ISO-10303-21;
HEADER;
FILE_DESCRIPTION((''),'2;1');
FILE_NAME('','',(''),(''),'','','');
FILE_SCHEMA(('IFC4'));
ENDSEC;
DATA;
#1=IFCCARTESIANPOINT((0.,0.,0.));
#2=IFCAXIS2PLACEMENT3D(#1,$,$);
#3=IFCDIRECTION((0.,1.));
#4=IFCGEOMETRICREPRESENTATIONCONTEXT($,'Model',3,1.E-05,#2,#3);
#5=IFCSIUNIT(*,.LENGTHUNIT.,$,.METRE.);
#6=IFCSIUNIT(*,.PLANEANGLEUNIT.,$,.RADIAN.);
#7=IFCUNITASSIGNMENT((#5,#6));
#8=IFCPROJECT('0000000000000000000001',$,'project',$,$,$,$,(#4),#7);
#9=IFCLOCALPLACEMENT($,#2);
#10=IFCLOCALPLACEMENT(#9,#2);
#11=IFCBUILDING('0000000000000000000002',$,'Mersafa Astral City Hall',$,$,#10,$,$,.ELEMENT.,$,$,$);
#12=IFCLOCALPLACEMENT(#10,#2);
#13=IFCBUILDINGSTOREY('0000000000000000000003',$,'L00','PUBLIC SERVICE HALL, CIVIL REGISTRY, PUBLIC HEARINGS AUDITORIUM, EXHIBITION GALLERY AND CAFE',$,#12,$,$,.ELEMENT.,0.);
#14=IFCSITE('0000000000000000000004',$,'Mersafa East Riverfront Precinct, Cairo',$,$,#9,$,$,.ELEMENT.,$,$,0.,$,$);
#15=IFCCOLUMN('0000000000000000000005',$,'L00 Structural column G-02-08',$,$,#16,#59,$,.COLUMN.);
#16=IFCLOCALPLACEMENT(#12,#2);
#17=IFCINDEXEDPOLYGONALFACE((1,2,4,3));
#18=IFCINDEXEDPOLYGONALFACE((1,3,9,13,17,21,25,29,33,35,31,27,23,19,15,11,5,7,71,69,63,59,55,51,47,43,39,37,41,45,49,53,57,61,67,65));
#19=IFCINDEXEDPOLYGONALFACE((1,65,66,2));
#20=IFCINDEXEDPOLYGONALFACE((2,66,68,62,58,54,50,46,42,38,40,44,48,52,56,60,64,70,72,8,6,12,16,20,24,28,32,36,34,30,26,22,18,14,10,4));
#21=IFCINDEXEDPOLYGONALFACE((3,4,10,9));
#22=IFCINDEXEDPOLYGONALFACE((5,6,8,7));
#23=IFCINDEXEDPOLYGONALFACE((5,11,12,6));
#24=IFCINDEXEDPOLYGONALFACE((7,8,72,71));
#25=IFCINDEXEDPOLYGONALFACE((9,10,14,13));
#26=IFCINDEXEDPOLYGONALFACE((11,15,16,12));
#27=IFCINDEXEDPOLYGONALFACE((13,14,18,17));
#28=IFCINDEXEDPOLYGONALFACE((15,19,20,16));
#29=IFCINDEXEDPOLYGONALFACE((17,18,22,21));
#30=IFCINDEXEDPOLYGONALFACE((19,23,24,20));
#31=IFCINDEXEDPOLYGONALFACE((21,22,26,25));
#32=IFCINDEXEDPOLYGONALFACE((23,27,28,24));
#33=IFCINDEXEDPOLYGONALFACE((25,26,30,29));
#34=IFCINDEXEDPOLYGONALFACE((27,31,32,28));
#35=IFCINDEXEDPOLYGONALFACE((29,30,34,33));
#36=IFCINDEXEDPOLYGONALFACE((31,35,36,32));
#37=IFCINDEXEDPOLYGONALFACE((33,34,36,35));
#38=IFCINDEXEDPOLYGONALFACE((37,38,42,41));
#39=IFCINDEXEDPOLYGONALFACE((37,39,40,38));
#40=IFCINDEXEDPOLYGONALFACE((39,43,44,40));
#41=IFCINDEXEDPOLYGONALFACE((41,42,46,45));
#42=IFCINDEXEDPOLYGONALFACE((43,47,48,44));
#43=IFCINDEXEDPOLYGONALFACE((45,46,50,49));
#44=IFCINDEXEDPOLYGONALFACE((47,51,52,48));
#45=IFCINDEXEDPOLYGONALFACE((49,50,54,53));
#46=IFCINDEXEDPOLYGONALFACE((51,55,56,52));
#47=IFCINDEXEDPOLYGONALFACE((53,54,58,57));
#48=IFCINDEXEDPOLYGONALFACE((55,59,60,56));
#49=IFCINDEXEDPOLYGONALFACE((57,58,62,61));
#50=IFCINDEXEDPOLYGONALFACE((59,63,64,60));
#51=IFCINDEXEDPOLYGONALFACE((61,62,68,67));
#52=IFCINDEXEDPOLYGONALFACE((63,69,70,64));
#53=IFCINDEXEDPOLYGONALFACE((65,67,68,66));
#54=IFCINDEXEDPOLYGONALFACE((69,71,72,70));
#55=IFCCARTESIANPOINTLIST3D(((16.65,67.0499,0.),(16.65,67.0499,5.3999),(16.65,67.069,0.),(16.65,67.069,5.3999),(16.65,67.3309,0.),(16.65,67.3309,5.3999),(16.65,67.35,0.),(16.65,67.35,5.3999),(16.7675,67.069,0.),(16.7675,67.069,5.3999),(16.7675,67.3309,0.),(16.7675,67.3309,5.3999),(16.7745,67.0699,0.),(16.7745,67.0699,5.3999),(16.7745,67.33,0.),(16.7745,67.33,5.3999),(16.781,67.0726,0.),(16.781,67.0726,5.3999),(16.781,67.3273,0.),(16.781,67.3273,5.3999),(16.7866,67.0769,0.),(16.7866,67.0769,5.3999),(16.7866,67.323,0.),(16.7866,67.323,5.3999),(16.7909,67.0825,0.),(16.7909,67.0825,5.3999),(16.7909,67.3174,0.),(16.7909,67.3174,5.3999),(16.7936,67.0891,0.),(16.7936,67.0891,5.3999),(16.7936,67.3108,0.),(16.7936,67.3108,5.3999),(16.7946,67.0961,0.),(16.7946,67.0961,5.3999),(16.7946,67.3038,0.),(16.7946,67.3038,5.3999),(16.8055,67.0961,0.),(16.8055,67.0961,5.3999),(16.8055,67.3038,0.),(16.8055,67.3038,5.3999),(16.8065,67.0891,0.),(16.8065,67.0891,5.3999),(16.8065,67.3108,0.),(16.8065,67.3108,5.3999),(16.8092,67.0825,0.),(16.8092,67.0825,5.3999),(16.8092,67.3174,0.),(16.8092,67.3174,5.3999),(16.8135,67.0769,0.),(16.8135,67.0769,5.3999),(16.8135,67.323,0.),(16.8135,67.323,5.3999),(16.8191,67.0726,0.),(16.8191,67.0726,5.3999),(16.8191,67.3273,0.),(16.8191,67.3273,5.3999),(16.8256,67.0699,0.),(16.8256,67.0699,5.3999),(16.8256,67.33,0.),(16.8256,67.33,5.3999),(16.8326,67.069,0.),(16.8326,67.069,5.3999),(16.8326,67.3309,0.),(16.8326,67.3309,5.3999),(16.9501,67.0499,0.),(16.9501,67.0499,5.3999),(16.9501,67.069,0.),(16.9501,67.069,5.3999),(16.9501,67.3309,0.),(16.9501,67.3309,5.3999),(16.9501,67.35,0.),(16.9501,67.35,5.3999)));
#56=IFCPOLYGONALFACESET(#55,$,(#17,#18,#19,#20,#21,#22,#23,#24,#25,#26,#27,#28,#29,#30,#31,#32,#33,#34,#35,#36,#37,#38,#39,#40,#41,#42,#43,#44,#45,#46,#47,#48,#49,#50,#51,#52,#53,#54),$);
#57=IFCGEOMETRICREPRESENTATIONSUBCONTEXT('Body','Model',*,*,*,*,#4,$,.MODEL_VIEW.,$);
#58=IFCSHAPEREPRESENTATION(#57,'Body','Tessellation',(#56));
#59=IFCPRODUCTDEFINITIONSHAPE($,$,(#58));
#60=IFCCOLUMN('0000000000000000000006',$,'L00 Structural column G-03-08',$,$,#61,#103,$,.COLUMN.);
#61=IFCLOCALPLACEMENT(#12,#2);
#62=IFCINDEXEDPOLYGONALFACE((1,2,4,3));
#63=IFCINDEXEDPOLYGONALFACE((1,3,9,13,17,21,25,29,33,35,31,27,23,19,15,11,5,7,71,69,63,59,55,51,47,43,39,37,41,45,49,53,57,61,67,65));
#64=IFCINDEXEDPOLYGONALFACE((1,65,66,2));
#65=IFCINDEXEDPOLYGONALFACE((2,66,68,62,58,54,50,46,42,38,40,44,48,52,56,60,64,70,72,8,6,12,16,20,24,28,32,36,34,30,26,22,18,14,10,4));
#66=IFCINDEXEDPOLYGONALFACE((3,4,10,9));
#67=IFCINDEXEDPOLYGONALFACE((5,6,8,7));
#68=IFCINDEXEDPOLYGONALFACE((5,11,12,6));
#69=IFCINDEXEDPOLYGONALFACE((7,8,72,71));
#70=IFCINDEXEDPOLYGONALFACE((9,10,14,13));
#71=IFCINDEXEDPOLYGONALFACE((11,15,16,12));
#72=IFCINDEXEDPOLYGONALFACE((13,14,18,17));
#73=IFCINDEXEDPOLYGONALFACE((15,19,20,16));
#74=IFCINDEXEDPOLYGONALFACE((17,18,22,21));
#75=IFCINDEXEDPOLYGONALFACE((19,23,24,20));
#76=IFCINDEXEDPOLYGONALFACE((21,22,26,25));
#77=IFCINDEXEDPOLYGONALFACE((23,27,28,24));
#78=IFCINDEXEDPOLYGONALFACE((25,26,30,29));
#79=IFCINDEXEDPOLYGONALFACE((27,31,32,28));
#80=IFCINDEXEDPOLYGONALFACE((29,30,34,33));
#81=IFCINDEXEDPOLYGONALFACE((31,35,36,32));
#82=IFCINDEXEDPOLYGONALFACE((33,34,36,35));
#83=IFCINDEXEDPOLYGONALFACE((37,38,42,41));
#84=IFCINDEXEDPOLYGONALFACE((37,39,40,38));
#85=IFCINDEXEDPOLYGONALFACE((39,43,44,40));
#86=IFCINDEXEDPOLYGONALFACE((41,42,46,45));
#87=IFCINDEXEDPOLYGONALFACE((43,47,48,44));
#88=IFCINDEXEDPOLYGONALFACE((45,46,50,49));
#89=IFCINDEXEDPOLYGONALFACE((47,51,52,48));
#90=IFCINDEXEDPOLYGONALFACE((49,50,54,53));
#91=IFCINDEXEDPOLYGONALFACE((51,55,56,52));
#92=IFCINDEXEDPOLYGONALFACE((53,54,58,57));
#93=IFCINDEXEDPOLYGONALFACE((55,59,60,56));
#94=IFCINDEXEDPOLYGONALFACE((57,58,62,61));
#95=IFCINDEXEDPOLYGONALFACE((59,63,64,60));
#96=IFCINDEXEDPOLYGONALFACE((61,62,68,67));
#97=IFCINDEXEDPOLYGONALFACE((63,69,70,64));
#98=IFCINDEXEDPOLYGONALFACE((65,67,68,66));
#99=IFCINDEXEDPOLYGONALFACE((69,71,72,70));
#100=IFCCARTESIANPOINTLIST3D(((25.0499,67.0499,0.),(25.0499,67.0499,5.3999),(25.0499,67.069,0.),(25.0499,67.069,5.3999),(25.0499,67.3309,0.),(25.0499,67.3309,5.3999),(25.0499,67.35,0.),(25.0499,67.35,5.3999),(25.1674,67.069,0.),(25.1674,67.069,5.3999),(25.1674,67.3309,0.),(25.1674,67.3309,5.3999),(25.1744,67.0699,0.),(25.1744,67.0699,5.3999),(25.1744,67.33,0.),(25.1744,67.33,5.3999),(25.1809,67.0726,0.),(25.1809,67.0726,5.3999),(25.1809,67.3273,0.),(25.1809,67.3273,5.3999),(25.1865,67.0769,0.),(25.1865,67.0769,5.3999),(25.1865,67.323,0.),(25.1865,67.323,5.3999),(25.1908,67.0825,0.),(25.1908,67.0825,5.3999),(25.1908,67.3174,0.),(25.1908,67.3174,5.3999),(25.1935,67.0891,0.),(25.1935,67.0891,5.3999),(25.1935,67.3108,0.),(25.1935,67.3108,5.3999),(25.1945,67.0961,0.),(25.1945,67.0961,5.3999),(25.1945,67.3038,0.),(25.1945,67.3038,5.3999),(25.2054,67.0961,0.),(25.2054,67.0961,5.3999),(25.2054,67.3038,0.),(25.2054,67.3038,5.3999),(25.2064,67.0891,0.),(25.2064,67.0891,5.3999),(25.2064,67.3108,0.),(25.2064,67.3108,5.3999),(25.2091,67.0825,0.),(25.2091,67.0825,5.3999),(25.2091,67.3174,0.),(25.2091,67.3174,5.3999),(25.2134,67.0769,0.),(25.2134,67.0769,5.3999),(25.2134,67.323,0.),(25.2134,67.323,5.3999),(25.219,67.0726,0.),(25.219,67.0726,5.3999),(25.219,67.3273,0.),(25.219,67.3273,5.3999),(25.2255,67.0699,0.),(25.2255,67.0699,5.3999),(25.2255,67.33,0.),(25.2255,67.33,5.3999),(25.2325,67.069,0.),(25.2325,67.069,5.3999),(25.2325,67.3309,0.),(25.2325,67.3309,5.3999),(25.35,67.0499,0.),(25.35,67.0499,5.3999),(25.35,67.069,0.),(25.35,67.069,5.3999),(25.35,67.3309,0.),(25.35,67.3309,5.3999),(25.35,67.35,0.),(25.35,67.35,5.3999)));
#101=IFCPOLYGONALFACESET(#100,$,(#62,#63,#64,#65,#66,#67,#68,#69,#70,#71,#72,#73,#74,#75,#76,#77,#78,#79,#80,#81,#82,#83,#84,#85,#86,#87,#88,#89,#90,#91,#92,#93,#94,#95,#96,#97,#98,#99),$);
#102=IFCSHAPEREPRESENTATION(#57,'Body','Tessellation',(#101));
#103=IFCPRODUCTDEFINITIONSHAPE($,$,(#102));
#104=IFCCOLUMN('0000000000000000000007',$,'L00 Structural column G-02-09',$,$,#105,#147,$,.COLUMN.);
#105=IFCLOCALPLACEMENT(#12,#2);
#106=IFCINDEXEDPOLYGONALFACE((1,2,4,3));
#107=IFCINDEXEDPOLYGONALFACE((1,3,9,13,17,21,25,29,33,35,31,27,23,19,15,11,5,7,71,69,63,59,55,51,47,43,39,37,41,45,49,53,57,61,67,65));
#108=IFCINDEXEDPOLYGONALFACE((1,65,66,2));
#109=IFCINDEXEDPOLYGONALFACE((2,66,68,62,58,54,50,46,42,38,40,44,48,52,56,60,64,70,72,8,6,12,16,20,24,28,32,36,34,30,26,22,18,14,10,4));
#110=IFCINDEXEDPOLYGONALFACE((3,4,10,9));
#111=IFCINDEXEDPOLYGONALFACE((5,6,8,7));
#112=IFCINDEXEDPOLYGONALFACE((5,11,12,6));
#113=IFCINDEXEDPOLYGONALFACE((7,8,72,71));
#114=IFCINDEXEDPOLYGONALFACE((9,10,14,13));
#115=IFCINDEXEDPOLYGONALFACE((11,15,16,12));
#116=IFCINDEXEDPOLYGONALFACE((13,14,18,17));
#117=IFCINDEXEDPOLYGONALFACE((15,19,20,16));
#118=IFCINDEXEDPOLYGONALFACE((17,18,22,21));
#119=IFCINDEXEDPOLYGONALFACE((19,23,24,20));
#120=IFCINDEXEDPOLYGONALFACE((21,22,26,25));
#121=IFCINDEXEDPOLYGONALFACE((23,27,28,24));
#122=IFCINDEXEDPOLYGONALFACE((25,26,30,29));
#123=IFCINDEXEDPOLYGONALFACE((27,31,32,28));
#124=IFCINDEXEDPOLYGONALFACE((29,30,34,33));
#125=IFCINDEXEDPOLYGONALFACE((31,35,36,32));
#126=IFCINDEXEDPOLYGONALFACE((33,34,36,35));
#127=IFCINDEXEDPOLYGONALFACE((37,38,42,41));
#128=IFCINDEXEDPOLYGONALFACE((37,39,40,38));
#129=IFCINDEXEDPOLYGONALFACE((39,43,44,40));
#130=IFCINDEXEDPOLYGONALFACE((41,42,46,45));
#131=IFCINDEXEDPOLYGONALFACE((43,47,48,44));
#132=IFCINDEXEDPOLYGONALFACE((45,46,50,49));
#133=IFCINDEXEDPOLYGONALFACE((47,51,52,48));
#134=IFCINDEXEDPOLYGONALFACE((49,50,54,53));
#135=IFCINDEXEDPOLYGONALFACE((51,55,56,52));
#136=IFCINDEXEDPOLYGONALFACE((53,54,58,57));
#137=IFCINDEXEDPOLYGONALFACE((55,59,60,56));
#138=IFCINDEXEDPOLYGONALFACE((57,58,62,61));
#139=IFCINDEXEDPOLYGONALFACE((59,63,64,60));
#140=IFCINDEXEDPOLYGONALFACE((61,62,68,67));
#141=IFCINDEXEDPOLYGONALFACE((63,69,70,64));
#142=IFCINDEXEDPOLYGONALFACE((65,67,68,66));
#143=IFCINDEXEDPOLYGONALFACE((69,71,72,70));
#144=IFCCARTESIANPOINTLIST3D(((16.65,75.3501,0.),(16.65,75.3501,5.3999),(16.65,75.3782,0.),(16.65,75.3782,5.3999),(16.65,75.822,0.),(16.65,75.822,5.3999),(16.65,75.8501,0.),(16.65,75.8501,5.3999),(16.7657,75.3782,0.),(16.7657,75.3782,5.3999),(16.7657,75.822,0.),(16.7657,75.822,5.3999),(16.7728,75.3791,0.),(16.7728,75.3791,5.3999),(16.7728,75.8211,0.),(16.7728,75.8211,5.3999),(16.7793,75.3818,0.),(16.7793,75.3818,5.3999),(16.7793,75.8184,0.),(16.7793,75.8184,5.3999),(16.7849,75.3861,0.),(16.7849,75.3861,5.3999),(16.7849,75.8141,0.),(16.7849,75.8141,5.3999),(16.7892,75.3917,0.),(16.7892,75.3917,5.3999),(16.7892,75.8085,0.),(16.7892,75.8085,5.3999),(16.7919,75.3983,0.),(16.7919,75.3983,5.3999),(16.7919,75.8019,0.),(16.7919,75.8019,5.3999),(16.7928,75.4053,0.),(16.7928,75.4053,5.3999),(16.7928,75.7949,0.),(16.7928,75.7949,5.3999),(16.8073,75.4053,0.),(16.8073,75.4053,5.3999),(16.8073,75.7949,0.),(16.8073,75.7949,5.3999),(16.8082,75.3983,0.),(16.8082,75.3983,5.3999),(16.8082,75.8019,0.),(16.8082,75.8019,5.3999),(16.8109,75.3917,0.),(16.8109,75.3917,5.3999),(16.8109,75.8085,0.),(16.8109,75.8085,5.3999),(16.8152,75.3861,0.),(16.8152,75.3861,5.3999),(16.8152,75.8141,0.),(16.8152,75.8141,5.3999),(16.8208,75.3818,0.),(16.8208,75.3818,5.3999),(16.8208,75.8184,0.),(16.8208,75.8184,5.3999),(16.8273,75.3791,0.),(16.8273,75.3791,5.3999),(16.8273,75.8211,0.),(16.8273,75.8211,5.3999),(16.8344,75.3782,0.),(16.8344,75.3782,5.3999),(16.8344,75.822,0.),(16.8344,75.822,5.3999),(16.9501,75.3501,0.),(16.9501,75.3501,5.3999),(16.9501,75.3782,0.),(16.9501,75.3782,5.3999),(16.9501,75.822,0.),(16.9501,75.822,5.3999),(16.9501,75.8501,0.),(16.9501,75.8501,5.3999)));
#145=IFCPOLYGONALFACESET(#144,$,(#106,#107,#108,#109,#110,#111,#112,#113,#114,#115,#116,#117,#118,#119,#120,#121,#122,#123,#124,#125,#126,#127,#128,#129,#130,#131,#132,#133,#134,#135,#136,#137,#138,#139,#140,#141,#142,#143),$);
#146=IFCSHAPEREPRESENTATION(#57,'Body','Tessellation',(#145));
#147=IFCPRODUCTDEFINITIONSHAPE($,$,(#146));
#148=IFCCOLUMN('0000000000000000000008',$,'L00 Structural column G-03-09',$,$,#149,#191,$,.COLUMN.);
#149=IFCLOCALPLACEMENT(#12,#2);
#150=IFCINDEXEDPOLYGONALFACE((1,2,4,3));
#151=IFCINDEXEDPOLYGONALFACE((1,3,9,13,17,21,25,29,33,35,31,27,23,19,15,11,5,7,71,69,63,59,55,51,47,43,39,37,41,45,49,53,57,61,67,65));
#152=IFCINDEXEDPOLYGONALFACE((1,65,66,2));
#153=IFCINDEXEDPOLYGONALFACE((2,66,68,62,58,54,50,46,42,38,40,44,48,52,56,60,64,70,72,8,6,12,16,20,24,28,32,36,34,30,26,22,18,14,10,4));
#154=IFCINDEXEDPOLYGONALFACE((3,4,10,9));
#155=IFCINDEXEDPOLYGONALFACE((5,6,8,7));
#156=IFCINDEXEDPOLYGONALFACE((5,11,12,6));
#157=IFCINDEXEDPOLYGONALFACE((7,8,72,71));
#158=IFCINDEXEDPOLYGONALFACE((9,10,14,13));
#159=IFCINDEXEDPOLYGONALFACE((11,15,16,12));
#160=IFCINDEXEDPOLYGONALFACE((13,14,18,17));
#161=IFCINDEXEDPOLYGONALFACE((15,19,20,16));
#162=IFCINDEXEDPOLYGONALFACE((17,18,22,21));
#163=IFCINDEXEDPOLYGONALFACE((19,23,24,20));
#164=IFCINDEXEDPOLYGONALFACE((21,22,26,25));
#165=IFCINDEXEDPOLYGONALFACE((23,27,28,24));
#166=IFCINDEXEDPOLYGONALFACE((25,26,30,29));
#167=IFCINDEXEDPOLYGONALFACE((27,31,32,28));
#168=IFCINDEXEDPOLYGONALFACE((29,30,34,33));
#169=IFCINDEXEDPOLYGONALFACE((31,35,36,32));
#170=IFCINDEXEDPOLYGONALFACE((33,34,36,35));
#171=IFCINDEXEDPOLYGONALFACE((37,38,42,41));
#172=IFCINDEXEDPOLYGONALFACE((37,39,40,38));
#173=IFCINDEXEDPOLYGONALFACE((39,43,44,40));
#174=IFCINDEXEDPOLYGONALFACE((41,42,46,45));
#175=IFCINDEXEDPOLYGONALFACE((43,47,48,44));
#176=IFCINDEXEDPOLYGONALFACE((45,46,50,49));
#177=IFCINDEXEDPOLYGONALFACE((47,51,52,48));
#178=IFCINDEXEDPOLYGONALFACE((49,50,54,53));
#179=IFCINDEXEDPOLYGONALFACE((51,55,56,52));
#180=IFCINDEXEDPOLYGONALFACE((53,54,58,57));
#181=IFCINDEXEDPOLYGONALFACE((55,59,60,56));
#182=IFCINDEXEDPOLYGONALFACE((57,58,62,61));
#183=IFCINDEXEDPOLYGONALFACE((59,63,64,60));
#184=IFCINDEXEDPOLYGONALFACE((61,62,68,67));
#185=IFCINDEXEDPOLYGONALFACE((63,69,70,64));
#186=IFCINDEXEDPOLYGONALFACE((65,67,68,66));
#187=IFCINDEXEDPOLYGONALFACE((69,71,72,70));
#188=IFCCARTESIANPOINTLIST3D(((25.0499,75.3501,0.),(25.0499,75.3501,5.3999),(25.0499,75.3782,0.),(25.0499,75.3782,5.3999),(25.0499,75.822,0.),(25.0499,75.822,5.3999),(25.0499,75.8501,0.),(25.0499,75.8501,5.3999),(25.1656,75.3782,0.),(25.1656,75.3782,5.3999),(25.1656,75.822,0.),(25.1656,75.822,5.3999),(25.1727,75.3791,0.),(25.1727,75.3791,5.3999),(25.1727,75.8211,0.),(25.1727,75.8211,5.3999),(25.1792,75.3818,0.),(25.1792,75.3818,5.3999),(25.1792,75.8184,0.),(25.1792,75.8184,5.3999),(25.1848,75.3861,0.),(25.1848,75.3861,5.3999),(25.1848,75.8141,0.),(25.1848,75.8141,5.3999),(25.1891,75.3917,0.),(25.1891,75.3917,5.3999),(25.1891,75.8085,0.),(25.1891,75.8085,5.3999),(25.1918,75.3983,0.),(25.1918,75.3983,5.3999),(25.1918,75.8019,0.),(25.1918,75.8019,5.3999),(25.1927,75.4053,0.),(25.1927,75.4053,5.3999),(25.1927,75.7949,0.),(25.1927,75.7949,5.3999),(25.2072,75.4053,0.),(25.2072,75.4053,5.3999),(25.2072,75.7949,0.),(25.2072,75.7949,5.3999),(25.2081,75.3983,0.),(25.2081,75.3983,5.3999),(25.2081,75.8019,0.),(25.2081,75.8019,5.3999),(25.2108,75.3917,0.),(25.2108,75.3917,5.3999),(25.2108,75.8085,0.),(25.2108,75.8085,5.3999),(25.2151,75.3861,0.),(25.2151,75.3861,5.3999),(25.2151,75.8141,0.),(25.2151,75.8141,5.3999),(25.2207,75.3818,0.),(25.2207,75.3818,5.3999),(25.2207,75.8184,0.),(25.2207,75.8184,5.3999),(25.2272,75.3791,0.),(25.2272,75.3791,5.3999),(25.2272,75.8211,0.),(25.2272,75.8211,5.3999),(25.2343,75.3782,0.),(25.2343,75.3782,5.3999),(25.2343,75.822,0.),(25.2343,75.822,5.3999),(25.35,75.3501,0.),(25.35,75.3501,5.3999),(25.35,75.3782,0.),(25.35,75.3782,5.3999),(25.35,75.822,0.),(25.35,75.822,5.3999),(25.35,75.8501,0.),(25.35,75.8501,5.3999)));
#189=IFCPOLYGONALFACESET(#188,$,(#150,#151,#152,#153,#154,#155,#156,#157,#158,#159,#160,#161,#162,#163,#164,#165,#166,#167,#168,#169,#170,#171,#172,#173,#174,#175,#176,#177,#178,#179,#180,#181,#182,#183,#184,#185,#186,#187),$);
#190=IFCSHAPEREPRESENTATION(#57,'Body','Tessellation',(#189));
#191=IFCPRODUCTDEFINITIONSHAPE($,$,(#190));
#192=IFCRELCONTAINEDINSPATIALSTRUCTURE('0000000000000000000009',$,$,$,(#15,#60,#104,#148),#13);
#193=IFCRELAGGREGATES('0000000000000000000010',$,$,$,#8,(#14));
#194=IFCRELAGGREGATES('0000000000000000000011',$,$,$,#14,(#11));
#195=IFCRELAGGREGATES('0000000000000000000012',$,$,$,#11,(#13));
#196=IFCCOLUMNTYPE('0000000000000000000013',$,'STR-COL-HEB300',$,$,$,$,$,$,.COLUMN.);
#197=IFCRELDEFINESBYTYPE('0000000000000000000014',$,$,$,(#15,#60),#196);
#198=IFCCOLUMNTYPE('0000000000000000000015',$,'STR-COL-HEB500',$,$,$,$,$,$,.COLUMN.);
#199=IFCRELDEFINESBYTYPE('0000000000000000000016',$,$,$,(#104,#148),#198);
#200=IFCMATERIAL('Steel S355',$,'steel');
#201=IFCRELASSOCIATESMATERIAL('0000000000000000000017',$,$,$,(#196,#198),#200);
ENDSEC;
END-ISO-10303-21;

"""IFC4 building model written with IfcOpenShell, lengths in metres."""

from ifc_helpers import new_model, si_unit, direction, frame, origin, origin_2d, place, context, subcontext, project, spatial, i_section, extrude, material, material_profile, profile_set, type_object, element, save


model = new_model("IFC4")

# Units and contexts
model_context = context("Model", 3, precision=1e-05, world=origin(), true_north=direction((0.0, 1.0)))
body_context = subcontext(model_context, "Body", "Model", "MODEL_VIEW")
ifc_project = project(units=[si_unit("LENGTHUNIT", "METRE"), si_unit("PLANEANGLEUNIT", "RADIAN")], contexts=[model_context])

# Site, building, storey
site_placement = place(None, origin())
site = spatial("IfcSite", under=ifc_project, at=site_placement, Name="Mersafa East Riverfront Precinct, Cairo", CompositionType="ELEMENT", RefElevation=0.0)
building_placement = place(site_placement, origin())
building = spatial("IfcBuilding", under=site, at=building_placement, Name="Mersafa Astral City Hall", CompositionType="ELEMENT")
storey_placement = place(building_placement, origin())
storey = spatial("IfcBuildingStorey", under=building, at=storey_placement, Name="L00", Description="PUBLIC SERVICE HALL, CIVIL REGISTRY, PUBLIC HEARINGS AUDITORIUM, EXHIBITION GALLERY AND CAFE", CompositionType="ELEMENT", Elevation=0.0)

# Columns
ifc_material_1 = material(Name="Steel S355", Category="steel")
ifc_material_profile_1 = material_profile(ifc_material_1, i_section(OverallWidth=0.3, OverallDepth=0.3, WebThickness=0.011, FlangeThickness=0.019, FilletRadius=0.0271, at=origin_2d()), Name="HEB 300")
ifc_profile_set_1 = profile_set([ifc_material_profile_1], Name="Steel S355")
column_type_1 = type_object("IfcColumnType", Name="STR-COL-HEB300", PredefinedType="COLUMN", material=ifc_profile_set_1)
for number, where, z_axis, x_axis, name in (
    (1, (16.8, 67.2, 0.0), (0.0, 0.0, 1.0), (1.0, 0.0, 0.0), "L00 Structural column G-02-08"),
    (2, (25.2, 67.2, 0.0), (0.0, 0.0, 1.0), (1.0, 0.0, 0.0), "L00 Structural column G-03-08"),
):
    element("IfcColumn", number, at=place(storey_placement, frame(where, z_axis=z_axis, x_axis=x_axis)), inside=storey, type_object=column_type_1, Name=name, PredefinedType="COLUMN", context=body_context, shape_type="SweptSolid", body=[
        extrude(i_section(OverallWidth=0.3, OverallDepth=0.3, WebThickness=0.011, FlangeThickness=0.019, FilletRadius=0.0271, at=origin_2d()), origin(), (0.0, 0.0, 1.0), 5.3999),
    ])
ifc_material_profile_2 = material_profile(ifc_material_1, i_section(OverallWidth=0.3, OverallDepth=0.5, WebThickness=0.0144, FlangeThickness=0.0281, FilletRadius=0.0271, at=origin_2d()), Name="HEB 500")
ifc_profile_set_2 = profile_set([ifc_material_profile_2], Name="Steel S355")
column_type_2 = type_object("IfcColumnType", Name="STR-COL-HEB500", PredefinedType="COLUMN", material=ifc_profile_set_2)
for number, where, z_axis, x_axis, name in (
    (3, (16.8, 75.6001, 0.0), (0.0, 0.0, 1.0), (1.0, 0.0, 0.0), "L00 Structural column G-02-09"),
    (4, (25.2, 75.6001, 0.0), (0.0, 0.0, 1.0), (1.0, 0.0, 0.0), "L00 Structural column G-03-09"),
):
    element("IfcColumn", number, at=place(storey_placement, frame(where, z_axis=z_axis, x_axis=x_axis)), inside=storey, type_object=column_type_2, Name=name, PredefinedType="COLUMN", context=body_context, shape_type="SweptSolid", body=[
        extrude(i_section(OverallWidth=0.3, OverallDepth=0.5, WebThickness=0.0144, FlangeThickness=0.0281, FilletRadius=0.0271, at=origin_2d()), origin(), (0.0, 0.0, 1.0), 5.3999),
    ])

save(model, "model.ifc")
